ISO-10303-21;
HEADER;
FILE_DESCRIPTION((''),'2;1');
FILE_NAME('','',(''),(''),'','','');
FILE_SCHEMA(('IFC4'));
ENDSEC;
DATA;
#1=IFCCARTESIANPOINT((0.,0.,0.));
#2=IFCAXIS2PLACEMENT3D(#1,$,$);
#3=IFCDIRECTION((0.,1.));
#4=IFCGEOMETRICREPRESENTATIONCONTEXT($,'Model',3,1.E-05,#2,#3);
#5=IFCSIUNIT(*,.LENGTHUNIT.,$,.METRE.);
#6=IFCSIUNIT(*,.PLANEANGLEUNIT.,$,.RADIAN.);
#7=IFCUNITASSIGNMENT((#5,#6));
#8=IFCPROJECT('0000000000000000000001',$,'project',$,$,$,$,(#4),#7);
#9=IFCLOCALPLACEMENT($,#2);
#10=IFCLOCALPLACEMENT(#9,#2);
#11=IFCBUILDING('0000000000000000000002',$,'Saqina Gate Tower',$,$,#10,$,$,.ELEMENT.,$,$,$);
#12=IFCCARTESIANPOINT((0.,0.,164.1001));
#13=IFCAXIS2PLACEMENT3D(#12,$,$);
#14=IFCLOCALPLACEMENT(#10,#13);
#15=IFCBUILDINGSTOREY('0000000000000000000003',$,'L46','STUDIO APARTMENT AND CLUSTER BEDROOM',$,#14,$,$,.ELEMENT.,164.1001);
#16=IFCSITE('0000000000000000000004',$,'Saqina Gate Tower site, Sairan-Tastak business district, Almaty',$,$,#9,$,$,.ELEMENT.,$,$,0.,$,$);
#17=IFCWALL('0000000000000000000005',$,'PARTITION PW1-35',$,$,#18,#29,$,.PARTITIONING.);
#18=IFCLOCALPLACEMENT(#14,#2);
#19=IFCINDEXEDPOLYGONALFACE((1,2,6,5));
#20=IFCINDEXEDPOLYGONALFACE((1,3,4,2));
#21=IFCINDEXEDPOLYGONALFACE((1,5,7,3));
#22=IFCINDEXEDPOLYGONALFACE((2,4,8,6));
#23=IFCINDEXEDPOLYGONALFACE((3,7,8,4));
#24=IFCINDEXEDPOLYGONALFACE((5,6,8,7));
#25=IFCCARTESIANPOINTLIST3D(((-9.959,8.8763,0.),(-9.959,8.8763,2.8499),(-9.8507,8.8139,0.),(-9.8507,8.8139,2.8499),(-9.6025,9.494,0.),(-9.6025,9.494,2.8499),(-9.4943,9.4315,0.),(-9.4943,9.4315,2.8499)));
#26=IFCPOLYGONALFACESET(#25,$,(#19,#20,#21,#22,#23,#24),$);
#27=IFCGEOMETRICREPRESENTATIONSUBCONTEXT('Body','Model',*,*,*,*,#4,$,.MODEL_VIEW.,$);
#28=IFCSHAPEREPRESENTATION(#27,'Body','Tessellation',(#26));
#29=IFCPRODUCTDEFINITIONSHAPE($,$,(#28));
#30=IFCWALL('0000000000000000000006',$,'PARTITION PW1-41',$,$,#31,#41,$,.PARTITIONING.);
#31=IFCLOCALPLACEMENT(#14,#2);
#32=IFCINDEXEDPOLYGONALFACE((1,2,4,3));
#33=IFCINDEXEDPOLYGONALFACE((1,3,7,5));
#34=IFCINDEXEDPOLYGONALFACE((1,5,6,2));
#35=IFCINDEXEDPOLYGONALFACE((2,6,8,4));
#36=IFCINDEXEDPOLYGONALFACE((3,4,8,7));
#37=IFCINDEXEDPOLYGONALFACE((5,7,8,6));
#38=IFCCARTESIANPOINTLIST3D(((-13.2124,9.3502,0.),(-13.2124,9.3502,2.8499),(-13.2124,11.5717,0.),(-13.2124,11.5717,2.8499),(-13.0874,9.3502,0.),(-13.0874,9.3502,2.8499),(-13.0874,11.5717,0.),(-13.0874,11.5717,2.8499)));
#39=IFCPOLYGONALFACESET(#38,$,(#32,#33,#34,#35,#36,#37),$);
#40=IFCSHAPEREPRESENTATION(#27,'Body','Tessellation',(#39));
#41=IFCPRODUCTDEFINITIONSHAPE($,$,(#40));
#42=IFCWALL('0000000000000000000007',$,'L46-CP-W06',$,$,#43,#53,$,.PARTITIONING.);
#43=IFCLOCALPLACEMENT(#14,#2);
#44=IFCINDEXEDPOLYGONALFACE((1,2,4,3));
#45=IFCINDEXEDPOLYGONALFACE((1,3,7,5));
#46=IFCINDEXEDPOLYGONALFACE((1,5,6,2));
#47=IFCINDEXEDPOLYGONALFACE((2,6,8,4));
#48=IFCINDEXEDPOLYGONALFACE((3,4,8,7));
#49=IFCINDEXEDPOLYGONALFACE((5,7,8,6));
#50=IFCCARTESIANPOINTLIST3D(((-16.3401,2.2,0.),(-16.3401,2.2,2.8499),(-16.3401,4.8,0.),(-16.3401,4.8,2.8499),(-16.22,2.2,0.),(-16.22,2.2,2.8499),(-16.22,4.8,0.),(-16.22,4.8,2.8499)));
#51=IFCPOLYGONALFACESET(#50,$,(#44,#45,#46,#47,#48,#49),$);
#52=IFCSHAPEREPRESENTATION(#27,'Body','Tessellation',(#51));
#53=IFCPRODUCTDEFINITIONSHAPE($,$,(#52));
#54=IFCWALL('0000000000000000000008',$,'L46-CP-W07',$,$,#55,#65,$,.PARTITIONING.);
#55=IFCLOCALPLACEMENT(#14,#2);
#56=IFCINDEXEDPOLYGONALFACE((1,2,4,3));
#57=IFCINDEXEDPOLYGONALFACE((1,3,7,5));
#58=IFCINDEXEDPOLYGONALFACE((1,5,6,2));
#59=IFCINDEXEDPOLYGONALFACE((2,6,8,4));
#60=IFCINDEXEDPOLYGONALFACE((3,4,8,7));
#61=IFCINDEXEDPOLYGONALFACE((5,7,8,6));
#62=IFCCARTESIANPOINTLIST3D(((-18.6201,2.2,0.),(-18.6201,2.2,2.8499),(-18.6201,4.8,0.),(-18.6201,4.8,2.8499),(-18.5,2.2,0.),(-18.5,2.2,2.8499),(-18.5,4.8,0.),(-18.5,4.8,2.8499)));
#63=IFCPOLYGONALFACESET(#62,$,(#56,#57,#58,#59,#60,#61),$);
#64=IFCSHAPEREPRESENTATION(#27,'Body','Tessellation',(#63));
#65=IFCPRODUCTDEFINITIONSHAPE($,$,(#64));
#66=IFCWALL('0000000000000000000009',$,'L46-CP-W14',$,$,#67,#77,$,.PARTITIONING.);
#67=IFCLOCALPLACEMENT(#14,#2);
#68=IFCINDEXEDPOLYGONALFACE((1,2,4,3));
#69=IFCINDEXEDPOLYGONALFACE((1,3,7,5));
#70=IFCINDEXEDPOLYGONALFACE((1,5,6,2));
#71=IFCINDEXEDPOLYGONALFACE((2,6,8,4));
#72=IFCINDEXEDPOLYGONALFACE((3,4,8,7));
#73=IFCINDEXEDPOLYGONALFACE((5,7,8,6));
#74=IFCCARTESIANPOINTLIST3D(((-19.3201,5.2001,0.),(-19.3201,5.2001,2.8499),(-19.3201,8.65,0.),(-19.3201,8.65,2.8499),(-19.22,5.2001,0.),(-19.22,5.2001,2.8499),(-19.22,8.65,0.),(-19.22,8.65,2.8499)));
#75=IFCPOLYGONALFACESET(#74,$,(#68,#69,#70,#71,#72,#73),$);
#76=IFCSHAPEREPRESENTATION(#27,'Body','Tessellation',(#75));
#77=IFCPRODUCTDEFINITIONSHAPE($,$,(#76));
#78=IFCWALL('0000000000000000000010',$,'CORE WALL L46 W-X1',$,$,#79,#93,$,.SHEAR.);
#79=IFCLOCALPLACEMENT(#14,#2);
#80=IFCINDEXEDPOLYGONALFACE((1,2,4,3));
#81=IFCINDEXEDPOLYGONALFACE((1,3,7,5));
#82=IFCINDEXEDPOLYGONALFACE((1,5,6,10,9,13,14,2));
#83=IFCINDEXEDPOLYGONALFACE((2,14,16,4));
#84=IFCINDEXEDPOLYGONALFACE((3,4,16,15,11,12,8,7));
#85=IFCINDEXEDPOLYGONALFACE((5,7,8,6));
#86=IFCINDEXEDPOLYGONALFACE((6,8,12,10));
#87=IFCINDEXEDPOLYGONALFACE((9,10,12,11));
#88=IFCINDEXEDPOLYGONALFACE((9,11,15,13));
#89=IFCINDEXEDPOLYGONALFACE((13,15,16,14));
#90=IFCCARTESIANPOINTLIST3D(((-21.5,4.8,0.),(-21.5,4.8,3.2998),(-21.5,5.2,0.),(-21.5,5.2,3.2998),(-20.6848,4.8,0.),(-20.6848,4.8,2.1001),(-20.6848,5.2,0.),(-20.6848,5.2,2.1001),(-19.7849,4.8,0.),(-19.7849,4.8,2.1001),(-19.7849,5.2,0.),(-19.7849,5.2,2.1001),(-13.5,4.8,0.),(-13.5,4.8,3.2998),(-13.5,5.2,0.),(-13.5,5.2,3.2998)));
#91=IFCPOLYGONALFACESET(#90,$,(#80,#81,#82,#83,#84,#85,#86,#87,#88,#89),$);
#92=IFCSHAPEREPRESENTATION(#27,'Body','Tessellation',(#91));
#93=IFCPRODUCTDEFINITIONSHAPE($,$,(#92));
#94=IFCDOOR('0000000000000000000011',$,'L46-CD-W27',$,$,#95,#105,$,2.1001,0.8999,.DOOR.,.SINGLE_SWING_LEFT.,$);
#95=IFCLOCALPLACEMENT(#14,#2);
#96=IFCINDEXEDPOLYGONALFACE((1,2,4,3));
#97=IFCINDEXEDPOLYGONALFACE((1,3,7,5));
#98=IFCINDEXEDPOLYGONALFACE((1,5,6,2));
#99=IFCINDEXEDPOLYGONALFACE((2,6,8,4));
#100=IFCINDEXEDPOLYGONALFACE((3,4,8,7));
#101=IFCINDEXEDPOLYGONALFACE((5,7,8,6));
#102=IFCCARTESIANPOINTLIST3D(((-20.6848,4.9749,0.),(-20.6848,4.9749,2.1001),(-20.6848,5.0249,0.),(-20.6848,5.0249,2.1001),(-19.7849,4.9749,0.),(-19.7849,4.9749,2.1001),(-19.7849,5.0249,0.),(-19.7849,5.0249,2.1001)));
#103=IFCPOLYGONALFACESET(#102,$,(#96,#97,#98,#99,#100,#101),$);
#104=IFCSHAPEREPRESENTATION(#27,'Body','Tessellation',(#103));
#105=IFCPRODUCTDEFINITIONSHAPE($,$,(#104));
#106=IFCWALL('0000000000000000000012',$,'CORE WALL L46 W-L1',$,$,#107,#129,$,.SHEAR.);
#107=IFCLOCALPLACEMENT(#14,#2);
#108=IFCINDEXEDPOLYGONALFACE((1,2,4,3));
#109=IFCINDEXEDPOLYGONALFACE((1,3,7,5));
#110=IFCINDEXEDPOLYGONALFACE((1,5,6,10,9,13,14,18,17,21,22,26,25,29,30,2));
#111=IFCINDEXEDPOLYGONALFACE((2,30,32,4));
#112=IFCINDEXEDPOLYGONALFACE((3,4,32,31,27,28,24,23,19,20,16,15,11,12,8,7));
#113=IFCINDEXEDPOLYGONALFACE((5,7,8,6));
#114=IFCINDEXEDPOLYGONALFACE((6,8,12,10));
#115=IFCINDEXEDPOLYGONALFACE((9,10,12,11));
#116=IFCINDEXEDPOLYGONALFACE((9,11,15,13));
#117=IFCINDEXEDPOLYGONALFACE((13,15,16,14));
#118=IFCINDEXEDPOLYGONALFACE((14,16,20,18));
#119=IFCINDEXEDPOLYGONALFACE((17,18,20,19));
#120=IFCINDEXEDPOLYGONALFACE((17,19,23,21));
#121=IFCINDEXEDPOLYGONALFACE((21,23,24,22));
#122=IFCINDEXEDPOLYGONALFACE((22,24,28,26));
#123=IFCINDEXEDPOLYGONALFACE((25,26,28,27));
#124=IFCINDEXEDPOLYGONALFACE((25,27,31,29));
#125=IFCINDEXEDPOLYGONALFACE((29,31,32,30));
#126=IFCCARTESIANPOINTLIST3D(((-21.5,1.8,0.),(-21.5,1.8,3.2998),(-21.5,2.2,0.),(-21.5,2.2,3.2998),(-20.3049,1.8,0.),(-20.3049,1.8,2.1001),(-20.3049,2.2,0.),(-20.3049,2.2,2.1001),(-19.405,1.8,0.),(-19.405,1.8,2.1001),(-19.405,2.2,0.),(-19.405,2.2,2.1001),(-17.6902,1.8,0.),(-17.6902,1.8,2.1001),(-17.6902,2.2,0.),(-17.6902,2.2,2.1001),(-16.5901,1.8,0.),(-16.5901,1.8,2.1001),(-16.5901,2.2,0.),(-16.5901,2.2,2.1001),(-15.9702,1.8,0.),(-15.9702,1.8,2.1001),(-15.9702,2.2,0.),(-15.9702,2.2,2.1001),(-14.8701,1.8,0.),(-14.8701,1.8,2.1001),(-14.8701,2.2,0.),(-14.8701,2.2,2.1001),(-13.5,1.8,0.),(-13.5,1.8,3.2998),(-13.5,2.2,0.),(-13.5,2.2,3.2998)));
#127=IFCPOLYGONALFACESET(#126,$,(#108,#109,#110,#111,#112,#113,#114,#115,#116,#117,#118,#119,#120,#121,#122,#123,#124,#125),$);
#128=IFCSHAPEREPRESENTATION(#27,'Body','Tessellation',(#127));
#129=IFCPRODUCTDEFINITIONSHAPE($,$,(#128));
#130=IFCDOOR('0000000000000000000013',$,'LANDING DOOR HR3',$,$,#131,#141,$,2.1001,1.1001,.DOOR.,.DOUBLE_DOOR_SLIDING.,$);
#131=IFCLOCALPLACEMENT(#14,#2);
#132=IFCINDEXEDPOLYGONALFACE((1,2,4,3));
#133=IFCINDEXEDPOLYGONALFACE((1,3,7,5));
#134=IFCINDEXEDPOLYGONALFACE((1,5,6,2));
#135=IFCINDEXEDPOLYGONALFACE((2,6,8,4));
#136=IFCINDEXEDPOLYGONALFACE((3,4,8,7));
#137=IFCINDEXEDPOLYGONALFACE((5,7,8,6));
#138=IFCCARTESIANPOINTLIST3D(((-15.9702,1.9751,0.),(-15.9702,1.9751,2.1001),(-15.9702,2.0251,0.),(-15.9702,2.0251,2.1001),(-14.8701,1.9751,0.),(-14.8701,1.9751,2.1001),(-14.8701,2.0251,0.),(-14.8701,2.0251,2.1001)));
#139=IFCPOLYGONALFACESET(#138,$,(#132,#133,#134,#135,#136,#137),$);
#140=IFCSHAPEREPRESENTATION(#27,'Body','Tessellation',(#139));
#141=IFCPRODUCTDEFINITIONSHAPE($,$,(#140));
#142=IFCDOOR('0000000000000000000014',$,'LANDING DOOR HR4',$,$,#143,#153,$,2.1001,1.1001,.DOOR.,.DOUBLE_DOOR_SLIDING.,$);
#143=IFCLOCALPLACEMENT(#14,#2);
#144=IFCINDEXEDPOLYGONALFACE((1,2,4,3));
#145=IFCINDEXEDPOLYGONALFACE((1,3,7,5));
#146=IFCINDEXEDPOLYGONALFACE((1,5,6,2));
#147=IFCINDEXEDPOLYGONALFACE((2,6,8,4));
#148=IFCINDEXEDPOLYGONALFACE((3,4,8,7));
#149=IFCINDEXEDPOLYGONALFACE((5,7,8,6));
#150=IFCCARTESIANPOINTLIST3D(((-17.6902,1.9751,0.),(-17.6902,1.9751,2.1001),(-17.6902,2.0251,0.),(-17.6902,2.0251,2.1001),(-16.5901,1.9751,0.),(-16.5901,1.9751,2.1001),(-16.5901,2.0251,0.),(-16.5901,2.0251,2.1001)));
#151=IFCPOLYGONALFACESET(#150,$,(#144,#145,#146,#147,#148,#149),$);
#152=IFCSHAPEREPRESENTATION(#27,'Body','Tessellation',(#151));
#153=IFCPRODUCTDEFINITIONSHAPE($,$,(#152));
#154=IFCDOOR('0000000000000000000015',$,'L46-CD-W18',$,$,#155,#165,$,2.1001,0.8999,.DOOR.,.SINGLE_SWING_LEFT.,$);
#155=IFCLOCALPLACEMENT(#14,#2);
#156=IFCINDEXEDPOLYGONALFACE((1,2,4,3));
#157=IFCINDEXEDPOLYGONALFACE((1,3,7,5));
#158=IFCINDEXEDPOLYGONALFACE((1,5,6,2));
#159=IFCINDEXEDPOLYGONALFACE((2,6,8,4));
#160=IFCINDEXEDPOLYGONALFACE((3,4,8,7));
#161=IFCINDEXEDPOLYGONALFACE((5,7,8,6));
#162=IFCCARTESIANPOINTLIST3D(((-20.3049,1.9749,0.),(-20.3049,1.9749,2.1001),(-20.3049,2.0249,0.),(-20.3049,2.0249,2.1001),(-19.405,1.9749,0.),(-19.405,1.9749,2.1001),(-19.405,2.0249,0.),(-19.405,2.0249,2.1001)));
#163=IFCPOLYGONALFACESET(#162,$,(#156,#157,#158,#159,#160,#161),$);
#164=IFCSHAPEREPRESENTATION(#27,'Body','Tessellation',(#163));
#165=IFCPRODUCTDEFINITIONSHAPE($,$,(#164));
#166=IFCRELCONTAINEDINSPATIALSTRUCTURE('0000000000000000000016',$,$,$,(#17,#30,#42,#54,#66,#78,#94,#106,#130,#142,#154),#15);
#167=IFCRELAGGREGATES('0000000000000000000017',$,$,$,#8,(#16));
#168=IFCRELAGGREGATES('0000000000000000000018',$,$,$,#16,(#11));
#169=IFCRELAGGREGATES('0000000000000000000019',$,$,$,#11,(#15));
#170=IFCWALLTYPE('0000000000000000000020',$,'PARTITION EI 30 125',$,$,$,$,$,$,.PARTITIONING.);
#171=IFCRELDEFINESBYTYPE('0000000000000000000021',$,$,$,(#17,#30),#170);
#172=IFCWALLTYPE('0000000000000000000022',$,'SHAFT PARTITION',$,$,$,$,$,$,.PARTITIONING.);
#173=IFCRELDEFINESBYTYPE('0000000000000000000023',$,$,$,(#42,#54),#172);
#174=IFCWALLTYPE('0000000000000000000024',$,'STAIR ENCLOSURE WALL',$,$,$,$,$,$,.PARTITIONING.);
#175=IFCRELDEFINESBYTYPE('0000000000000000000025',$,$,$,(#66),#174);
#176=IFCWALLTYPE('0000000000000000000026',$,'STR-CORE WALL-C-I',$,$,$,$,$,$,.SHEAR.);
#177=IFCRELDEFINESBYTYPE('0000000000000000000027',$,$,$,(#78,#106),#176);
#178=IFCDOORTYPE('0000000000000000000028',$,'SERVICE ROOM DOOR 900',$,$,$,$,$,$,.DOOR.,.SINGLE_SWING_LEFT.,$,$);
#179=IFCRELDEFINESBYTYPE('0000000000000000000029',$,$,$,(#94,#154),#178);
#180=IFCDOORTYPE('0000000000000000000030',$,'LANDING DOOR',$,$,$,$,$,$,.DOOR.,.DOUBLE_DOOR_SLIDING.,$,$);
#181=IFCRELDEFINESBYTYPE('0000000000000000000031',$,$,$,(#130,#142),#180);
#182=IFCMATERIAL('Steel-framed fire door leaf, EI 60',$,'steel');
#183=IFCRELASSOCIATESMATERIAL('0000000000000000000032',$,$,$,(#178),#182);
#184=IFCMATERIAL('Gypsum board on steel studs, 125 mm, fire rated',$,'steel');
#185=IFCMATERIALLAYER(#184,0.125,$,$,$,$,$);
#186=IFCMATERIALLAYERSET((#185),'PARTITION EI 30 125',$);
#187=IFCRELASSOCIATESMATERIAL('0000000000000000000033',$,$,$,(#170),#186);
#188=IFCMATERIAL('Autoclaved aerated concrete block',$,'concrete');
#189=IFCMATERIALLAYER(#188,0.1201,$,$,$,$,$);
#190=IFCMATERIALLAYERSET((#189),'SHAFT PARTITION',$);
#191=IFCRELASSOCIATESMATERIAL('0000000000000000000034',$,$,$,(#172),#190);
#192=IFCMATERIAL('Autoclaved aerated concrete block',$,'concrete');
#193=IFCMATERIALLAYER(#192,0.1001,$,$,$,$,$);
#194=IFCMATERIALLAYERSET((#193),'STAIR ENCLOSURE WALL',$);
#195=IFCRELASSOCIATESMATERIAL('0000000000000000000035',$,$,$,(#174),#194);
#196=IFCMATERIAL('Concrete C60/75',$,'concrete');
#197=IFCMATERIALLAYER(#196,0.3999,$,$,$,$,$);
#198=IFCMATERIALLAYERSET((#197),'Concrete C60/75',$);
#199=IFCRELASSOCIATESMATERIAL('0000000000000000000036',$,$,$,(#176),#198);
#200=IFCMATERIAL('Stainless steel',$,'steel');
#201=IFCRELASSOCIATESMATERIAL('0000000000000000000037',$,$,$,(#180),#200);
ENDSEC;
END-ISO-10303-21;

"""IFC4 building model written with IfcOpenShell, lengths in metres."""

from ifc_helpers import new_model, si_unit, direction, frame, frame_2d, origin, place, context, subcontext, project, spatial, rectangle, extrude, material, layer, layer_set, type_object, element, fill, save


model = new_model("IFC4")

# Units and contexts
model_context = context("Model", 3, precision=1e-05, world=origin(), true_north=direction((0.0, 1.0)))
body_context = subcontext(model_context, "Body", "Model", "MODEL_VIEW")
ifc_project = project(units=[si_unit("LENGTHUNIT", "METRE"), si_unit("PLANEANGLEUNIT", "RADIAN")], contexts=[model_context])

# Site, building, storey
site_placement = place(None, origin())
site = spatial("IfcSite", under=ifc_project, at=site_placement, Name="Saqina Gate Tower site, Sairan-Tastak business district, Almaty", CompositionType="ELEMENT", RefElevation=0.0)
building_placement = place(site_placement, origin())
building = spatial("IfcBuilding", under=site, at=building_placement, Name="Saqina Gate Tower", CompositionType="ELEMENT")
storey_placement = place(building_placement, frame((0.0, 0.0, 164.1001)))
storey = spatial("IfcBuildingStorey", under=building, at=storey_placement, Name="L46", Description="STUDIO APARTMENT AND CLUSTER BEDROOM", CompositionType="ELEMENT", Elevation=164.1001)

# Shared definitions
ifc_material_1 = material(Name="Steel-framed fire door leaf, EI 60", Category="steel")
door_type_1 = type_object("IfcDoorType", Name="SERVICE ROOM DOOR 900", OperationType="SINGLE_SWING_LEFT", PredefinedType="DOOR", material=ifc_material_1)

# Walls
ifc_material_2 = material(Name="Gypsum board on steel studs, 125 mm, fire rated", Category="steel")
ifc_layer_1 = layer(ifc_material_2, 0.125)
ifc_layer_set_1 = layer_set([ifc_layer_1], Name="PARTITION EI 30 125")
wall_type_1 = type_object("IfcWallType", Name="PARTITION EI 30 125", PredefinedType="PARTITIONING", material=ifc_layer_set_1)
wall_1_placement = place(storey_placement, frame((-9.9048, 8.8452, 0.0), z_axis=(0.0, 0.0, 1.0), x_axis=(0.499821, 0.866129, 0.0)))
element("IfcWall", 1, at=wall_1_placement, inside=storey, type_object=wall_type_1, Name="PARTITION PW1-35", PredefinedType="PARTITIONING", context=body_context, shape_type="SweptSolid", body=[
    extrude(rectangle(XDim=0.7131, YDim=0.125, at=frame_2d((0.3564, 0.0))), origin(), (0.0, 0.0, 1.0), 2.8499),
])
wall_2_placement = place(storey_placement, frame((-13.1499, 9.3501, 0.0), z_axis=(0.0, 0.0, 1.0), x_axis=(0.0, 1.0, 0.0)))
element("IfcWall", 2, at=wall_2_placement, inside=storey, type_object=wall_type_1, Name="PARTITION PW1-41", PredefinedType="PARTITIONING", context=body_context, shape_type="SweptSolid", body=[
    extrude(rectangle(XDim=2.2214, YDim=0.125, at=frame_2d((1.1108, 0.0))), origin(), (0.0, 0.0, 1.0), 2.8499),
])
ifc_material_3 = material(Name="Autoclaved aerated concrete block", Category="concrete")
ifc_layer_2 = layer(ifc_material_3, 0.1201)
ifc_layer_set_2 = layer_set([ifc_layer_2], Name="SHAFT PARTITION")
wall_type_2 = type_object("IfcWallType", Name="SHAFT PARTITION", PredefinedType="PARTITIONING", material=ifc_layer_set_2)
for number, where, z_axis, x_axis, name in (
    (3, (-16.28, 2.2, 0.0), (0.0, 0.0, 1.0), (0.0, 1.0, 0.0), "L46-CP-W06"),
    (4, (-18.5601, 2.2, 0.0), (0.0, 0.0, 1.0), (0.0, 1.0, 0.0), "L46-CP-W07"),
):
    element("IfcWall", number, at=place(storey_placement, frame(where, z_axis=z_axis, x_axis=x_axis)), inside=storey, type_object=wall_type_2, Name=name, PredefinedType="PARTITIONING", context=body_context, shape_type="SweptSolid", body=[
        extrude(rectangle(XDim=2.6001, YDim=0.1201, at=frame_2d((1.3, 0.0))), origin(), (0.0, 0.0, 1.0), 2.8499),
    ])
ifc_material_4 = material(Name="Autoclaved aerated concrete block", Category="concrete")
ifc_layer_3 = layer(ifc_material_4, 0.1001)
ifc_layer_set_3 = layer_set([ifc_layer_3], Name="STAIR ENCLOSURE WALL")
wall_type_3 = type_object("IfcWallType", Name="STAIR ENCLOSURE WALL", PredefinedType="PARTITIONING", material=ifc_layer_set_3)
wall_3_placement = place(storey_placement, frame((-19.27, 5.2, 0.0), z_axis=(0.0, 0.0, 1.0), x_axis=(0.0, 1.0, 0.0)))
element("IfcWall", 5, at=wall_3_placement, inside=storey, type_object=wall_type_3, Name="L46-CP-W14", PredefinedType="PARTITIONING", context=body_context, shape_type="SweptSolid", body=[
    extrude(rectangle(XDim=3.45, YDim=0.1001, at=frame_2d((1.7251, 0.0))), origin(), (0.0, 0.0, 1.0), 2.8499),
])

# Wall, opening, door
ifc_material_5 = material(Name="Concrete C60/75", Category="concrete")
ifc_layer_4 = layer(ifc_material_5, 0.3999)
ifc_layer_set_4 = layer_set([ifc_layer_4], Name="Concrete C60/75")
wall_type_4 = type_object("IfcWallType", Name="STR-CORE WALL-C-I", PredefinedType="SHEAR", material=ifc_layer_set_4)
wall_4_placement = place(storey_placement, frame((-13.5, 5.0, 0.0), z_axis=(0.0, 0.0, 1.0), x_axis=(-1.0, 0.0, 0.0)))
wall_4 = element("IfcWall", 6, at=wall_4_placement, inside=storey, type_object=wall_type_4, Name="CORE WALL L46 W-X1", PredefinedType="SHEAR", context=body_context, shape_type="SweptSolid", body=[
    extrude(rectangle(XDim=8.0, YDim=0.3999, at=frame_2d((4.0, 0.0))), origin(), (0.0, 0.0, 1.0), 3.2998),
])
opening_1_placement = place(wall_4_placement, frame((6.2849, 0.0, 0.0)))
opening_1 = element("IfcOpeningElement", 7, at=opening_1_placement, cuts=wall_4, PredefinedType="OPENING", context=body_context, shape_type="SweptSolid", body=[
    extrude(rectangle(XDim=0.8999, YDim=2.1001, at=frame_2d((0.45, 1.05))), frame((0.0, 0.2119, 0.0), z_axis=(0.0, -1.0, 0.0), x_axis=(1.0, 0.0, 0.0)), (0.0, 0.0, 1.0), 0.4238),
])
door_1_placement = place(opening_1_placement, frame((0.8999, 0.0, 0.0), z_axis=(0.0, 0.0, 1.0), x_axis=(-1.0, 0.0, 0.0)))
door_1 = element("IfcDoor", 8, at=door_1_placement, inside=storey, type_object=door_type_1, Name="L46-CD-W27", OperationType="SINGLE_SWING_LEFT", OverallHeight=2.1001, OverallWidth=0.8999, PredefinedType="DOOR", context=body_context, shape_type="SweptSolid", body=[
    extrude(rectangle(XDim=0.8999, YDim=2.1001, at=frame_2d((0.45, 1.05))), frame((0.0, 0.0249, 0.0), z_axis=(0.0, -1.0, 0.0), x_axis=(1.0, 0.0, 0.0)), (0.0, 0.0, 1.0), 0.05),
])
fill(opening_1, door_1)

# Wall, openings, doors
wall_5_placement = place(storey_placement, frame((-13.5, 2.0, 0.0), z_axis=(0.0, 0.0, 1.0), x_axis=(-1.0, 0.0, 0.0)))
wall_5 = element("IfcWall", 9, at=wall_5_placement, inside=storey, type_object=wall_type_4, Name="CORE WALL L46 W-L1", PredefinedType="SHEAR", context=body_context, shape_type="SweptSolid", body=[
    extrude(rectangle(XDim=8.0, YDim=0.3999, at=frame_2d((4.0, 0.0))), origin(), (0.0, 0.0, 1.0), 3.2998),
])
opening_2_placement = place(wall_5_placement, frame((1.3701, 0.0, 0.0)))
opening_2 = element("IfcOpeningElement", 10, at=opening_2_placement, cuts=wall_5, PredefinedType="OPENING", context=body_context, shape_type="SweptSolid", body=[
    extrude(rectangle(XDim=1.1001, YDim=2.1001, at=frame_2d((0.55, 1.05))), frame((0.0, 0.2119, 0.0), z_axis=(0.0, -1.0, 0.0), x_axis=(1.0, 0.0, 0.0)), (0.0, 0.0, 1.0), 0.4238),
])
opening_3_placement = place(wall_5_placement, frame((3.0901, 0.0, 0.0)))
opening_3 = element("IfcOpeningElement", 11, at=opening_3_placement, cuts=wall_5, PredefinedType="OPENING", context=body_context, shape_type="SweptSolid", body=[
    extrude(rectangle(XDim=1.1001, YDim=2.1001, at=frame_2d((0.55, 1.05))), frame((0.0, 0.2119, 0.0), z_axis=(0.0, -1.0, 0.0), x_axis=(1.0, 0.0, 0.0)), (0.0, 0.0, 1.0), 0.4238),
])
opening_4_placement = place(wall_5_placement, frame((5.905, 0.0, 0.0)))
opening_4 = element("IfcOpeningElement", 12, at=opening_4_placement, cuts=wall_5, PredefinedType="OPENING", context=body_context, shape_type="SweptSolid", body=[
    extrude(rectangle(XDim=0.8999, YDim=2.1001, at=frame_2d((0.45, 1.05))), frame((0.0, 0.2119, 0.0), z_axis=(0.0, -1.0, 0.0), x_axis=(1.0, 0.0, 0.0)), (0.0, 0.0, 1.0), 0.4238),
])
ifc_material_6 = material(Name="Stainless steel", Category="steel")
door_type_2 = type_object("IfcDoorType", Name="LANDING DOOR", OperationType="DOUBLE_DOOR_SLIDING", PredefinedType="DOOR", material=ifc_material_6)
door_2_placement = place(opening_2_placement, origin())
door_2 = element("IfcDoor", 13, at=door_2_placement, inside=storey, type_object=door_type_2, Name="LANDING DOOR HR3", OperationType="DOUBLE_DOOR_SLIDING", OverallHeight=2.1001, OverallWidth=1.1001, PredefinedType="DOOR", context=body_context, shape_type="SweptSolid", body=[
    extrude(rectangle(XDim=1.1001, YDim=2.1001, at=frame_2d((0.55, 1.05))), frame((0.0, 0.0249, 0.0), z_axis=(0.0, -1.0, 0.0), x_axis=(1.0, 0.0, 0.0)), (0.0, 0.0, 1.0), 0.05),
])
fill(opening_2, door_2)
door_3_placement = place(opening_3_placement, origin())
door_3 = element("IfcDoor", 14, at=door_3_placement, inside=storey, type_object=door_type_2, Name="LANDING DOOR HR4", OperationType="DOUBLE_DOOR_SLIDING", OverallHeight=2.1001, OverallWidth=1.1001, PredefinedType="DOOR", context=body_context, shape_type="SweptSolid", body=[
    extrude(rectangle(XDim=1.1001, YDim=2.1001, at=frame_2d((0.55, 1.05))), frame((0.0, 0.0249, 0.0), z_axis=(0.0, -1.0, 0.0), x_axis=(1.0, 0.0, 0.0)), (0.0, 0.0, 1.0), 0.05),
])
fill(opening_3, door_3)
door_4_placement = place(opening_4_placement, frame((0.8999, 0.0, 0.0), z_axis=(0.0, 0.0, 1.0), x_axis=(-1.0, 0.0, 0.0)))
door_4 = element("IfcDoor", 15, at=door_4_placement, inside=storey, type_object=door_type_1, Name="L46-CD-W18", OperationType="SINGLE_SWING_LEFT", OverallHeight=2.1001, OverallWidth=0.8999, PredefinedType="DOOR", context=body_context, shape_type="SweptSolid", body=[
    extrude(rectangle(XDim=0.8999, YDim=2.1001, at=frame_2d((0.45, 1.05))), frame((0.0, 0.0249, 0.0), z_axis=(0.0, -1.0, 0.0), x_axis=(1.0, 0.0, 0.0)), (0.0, 0.0, 1.0), 0.05),
])
fill(opening_4, door_4)

save(model, "model.ifc")
